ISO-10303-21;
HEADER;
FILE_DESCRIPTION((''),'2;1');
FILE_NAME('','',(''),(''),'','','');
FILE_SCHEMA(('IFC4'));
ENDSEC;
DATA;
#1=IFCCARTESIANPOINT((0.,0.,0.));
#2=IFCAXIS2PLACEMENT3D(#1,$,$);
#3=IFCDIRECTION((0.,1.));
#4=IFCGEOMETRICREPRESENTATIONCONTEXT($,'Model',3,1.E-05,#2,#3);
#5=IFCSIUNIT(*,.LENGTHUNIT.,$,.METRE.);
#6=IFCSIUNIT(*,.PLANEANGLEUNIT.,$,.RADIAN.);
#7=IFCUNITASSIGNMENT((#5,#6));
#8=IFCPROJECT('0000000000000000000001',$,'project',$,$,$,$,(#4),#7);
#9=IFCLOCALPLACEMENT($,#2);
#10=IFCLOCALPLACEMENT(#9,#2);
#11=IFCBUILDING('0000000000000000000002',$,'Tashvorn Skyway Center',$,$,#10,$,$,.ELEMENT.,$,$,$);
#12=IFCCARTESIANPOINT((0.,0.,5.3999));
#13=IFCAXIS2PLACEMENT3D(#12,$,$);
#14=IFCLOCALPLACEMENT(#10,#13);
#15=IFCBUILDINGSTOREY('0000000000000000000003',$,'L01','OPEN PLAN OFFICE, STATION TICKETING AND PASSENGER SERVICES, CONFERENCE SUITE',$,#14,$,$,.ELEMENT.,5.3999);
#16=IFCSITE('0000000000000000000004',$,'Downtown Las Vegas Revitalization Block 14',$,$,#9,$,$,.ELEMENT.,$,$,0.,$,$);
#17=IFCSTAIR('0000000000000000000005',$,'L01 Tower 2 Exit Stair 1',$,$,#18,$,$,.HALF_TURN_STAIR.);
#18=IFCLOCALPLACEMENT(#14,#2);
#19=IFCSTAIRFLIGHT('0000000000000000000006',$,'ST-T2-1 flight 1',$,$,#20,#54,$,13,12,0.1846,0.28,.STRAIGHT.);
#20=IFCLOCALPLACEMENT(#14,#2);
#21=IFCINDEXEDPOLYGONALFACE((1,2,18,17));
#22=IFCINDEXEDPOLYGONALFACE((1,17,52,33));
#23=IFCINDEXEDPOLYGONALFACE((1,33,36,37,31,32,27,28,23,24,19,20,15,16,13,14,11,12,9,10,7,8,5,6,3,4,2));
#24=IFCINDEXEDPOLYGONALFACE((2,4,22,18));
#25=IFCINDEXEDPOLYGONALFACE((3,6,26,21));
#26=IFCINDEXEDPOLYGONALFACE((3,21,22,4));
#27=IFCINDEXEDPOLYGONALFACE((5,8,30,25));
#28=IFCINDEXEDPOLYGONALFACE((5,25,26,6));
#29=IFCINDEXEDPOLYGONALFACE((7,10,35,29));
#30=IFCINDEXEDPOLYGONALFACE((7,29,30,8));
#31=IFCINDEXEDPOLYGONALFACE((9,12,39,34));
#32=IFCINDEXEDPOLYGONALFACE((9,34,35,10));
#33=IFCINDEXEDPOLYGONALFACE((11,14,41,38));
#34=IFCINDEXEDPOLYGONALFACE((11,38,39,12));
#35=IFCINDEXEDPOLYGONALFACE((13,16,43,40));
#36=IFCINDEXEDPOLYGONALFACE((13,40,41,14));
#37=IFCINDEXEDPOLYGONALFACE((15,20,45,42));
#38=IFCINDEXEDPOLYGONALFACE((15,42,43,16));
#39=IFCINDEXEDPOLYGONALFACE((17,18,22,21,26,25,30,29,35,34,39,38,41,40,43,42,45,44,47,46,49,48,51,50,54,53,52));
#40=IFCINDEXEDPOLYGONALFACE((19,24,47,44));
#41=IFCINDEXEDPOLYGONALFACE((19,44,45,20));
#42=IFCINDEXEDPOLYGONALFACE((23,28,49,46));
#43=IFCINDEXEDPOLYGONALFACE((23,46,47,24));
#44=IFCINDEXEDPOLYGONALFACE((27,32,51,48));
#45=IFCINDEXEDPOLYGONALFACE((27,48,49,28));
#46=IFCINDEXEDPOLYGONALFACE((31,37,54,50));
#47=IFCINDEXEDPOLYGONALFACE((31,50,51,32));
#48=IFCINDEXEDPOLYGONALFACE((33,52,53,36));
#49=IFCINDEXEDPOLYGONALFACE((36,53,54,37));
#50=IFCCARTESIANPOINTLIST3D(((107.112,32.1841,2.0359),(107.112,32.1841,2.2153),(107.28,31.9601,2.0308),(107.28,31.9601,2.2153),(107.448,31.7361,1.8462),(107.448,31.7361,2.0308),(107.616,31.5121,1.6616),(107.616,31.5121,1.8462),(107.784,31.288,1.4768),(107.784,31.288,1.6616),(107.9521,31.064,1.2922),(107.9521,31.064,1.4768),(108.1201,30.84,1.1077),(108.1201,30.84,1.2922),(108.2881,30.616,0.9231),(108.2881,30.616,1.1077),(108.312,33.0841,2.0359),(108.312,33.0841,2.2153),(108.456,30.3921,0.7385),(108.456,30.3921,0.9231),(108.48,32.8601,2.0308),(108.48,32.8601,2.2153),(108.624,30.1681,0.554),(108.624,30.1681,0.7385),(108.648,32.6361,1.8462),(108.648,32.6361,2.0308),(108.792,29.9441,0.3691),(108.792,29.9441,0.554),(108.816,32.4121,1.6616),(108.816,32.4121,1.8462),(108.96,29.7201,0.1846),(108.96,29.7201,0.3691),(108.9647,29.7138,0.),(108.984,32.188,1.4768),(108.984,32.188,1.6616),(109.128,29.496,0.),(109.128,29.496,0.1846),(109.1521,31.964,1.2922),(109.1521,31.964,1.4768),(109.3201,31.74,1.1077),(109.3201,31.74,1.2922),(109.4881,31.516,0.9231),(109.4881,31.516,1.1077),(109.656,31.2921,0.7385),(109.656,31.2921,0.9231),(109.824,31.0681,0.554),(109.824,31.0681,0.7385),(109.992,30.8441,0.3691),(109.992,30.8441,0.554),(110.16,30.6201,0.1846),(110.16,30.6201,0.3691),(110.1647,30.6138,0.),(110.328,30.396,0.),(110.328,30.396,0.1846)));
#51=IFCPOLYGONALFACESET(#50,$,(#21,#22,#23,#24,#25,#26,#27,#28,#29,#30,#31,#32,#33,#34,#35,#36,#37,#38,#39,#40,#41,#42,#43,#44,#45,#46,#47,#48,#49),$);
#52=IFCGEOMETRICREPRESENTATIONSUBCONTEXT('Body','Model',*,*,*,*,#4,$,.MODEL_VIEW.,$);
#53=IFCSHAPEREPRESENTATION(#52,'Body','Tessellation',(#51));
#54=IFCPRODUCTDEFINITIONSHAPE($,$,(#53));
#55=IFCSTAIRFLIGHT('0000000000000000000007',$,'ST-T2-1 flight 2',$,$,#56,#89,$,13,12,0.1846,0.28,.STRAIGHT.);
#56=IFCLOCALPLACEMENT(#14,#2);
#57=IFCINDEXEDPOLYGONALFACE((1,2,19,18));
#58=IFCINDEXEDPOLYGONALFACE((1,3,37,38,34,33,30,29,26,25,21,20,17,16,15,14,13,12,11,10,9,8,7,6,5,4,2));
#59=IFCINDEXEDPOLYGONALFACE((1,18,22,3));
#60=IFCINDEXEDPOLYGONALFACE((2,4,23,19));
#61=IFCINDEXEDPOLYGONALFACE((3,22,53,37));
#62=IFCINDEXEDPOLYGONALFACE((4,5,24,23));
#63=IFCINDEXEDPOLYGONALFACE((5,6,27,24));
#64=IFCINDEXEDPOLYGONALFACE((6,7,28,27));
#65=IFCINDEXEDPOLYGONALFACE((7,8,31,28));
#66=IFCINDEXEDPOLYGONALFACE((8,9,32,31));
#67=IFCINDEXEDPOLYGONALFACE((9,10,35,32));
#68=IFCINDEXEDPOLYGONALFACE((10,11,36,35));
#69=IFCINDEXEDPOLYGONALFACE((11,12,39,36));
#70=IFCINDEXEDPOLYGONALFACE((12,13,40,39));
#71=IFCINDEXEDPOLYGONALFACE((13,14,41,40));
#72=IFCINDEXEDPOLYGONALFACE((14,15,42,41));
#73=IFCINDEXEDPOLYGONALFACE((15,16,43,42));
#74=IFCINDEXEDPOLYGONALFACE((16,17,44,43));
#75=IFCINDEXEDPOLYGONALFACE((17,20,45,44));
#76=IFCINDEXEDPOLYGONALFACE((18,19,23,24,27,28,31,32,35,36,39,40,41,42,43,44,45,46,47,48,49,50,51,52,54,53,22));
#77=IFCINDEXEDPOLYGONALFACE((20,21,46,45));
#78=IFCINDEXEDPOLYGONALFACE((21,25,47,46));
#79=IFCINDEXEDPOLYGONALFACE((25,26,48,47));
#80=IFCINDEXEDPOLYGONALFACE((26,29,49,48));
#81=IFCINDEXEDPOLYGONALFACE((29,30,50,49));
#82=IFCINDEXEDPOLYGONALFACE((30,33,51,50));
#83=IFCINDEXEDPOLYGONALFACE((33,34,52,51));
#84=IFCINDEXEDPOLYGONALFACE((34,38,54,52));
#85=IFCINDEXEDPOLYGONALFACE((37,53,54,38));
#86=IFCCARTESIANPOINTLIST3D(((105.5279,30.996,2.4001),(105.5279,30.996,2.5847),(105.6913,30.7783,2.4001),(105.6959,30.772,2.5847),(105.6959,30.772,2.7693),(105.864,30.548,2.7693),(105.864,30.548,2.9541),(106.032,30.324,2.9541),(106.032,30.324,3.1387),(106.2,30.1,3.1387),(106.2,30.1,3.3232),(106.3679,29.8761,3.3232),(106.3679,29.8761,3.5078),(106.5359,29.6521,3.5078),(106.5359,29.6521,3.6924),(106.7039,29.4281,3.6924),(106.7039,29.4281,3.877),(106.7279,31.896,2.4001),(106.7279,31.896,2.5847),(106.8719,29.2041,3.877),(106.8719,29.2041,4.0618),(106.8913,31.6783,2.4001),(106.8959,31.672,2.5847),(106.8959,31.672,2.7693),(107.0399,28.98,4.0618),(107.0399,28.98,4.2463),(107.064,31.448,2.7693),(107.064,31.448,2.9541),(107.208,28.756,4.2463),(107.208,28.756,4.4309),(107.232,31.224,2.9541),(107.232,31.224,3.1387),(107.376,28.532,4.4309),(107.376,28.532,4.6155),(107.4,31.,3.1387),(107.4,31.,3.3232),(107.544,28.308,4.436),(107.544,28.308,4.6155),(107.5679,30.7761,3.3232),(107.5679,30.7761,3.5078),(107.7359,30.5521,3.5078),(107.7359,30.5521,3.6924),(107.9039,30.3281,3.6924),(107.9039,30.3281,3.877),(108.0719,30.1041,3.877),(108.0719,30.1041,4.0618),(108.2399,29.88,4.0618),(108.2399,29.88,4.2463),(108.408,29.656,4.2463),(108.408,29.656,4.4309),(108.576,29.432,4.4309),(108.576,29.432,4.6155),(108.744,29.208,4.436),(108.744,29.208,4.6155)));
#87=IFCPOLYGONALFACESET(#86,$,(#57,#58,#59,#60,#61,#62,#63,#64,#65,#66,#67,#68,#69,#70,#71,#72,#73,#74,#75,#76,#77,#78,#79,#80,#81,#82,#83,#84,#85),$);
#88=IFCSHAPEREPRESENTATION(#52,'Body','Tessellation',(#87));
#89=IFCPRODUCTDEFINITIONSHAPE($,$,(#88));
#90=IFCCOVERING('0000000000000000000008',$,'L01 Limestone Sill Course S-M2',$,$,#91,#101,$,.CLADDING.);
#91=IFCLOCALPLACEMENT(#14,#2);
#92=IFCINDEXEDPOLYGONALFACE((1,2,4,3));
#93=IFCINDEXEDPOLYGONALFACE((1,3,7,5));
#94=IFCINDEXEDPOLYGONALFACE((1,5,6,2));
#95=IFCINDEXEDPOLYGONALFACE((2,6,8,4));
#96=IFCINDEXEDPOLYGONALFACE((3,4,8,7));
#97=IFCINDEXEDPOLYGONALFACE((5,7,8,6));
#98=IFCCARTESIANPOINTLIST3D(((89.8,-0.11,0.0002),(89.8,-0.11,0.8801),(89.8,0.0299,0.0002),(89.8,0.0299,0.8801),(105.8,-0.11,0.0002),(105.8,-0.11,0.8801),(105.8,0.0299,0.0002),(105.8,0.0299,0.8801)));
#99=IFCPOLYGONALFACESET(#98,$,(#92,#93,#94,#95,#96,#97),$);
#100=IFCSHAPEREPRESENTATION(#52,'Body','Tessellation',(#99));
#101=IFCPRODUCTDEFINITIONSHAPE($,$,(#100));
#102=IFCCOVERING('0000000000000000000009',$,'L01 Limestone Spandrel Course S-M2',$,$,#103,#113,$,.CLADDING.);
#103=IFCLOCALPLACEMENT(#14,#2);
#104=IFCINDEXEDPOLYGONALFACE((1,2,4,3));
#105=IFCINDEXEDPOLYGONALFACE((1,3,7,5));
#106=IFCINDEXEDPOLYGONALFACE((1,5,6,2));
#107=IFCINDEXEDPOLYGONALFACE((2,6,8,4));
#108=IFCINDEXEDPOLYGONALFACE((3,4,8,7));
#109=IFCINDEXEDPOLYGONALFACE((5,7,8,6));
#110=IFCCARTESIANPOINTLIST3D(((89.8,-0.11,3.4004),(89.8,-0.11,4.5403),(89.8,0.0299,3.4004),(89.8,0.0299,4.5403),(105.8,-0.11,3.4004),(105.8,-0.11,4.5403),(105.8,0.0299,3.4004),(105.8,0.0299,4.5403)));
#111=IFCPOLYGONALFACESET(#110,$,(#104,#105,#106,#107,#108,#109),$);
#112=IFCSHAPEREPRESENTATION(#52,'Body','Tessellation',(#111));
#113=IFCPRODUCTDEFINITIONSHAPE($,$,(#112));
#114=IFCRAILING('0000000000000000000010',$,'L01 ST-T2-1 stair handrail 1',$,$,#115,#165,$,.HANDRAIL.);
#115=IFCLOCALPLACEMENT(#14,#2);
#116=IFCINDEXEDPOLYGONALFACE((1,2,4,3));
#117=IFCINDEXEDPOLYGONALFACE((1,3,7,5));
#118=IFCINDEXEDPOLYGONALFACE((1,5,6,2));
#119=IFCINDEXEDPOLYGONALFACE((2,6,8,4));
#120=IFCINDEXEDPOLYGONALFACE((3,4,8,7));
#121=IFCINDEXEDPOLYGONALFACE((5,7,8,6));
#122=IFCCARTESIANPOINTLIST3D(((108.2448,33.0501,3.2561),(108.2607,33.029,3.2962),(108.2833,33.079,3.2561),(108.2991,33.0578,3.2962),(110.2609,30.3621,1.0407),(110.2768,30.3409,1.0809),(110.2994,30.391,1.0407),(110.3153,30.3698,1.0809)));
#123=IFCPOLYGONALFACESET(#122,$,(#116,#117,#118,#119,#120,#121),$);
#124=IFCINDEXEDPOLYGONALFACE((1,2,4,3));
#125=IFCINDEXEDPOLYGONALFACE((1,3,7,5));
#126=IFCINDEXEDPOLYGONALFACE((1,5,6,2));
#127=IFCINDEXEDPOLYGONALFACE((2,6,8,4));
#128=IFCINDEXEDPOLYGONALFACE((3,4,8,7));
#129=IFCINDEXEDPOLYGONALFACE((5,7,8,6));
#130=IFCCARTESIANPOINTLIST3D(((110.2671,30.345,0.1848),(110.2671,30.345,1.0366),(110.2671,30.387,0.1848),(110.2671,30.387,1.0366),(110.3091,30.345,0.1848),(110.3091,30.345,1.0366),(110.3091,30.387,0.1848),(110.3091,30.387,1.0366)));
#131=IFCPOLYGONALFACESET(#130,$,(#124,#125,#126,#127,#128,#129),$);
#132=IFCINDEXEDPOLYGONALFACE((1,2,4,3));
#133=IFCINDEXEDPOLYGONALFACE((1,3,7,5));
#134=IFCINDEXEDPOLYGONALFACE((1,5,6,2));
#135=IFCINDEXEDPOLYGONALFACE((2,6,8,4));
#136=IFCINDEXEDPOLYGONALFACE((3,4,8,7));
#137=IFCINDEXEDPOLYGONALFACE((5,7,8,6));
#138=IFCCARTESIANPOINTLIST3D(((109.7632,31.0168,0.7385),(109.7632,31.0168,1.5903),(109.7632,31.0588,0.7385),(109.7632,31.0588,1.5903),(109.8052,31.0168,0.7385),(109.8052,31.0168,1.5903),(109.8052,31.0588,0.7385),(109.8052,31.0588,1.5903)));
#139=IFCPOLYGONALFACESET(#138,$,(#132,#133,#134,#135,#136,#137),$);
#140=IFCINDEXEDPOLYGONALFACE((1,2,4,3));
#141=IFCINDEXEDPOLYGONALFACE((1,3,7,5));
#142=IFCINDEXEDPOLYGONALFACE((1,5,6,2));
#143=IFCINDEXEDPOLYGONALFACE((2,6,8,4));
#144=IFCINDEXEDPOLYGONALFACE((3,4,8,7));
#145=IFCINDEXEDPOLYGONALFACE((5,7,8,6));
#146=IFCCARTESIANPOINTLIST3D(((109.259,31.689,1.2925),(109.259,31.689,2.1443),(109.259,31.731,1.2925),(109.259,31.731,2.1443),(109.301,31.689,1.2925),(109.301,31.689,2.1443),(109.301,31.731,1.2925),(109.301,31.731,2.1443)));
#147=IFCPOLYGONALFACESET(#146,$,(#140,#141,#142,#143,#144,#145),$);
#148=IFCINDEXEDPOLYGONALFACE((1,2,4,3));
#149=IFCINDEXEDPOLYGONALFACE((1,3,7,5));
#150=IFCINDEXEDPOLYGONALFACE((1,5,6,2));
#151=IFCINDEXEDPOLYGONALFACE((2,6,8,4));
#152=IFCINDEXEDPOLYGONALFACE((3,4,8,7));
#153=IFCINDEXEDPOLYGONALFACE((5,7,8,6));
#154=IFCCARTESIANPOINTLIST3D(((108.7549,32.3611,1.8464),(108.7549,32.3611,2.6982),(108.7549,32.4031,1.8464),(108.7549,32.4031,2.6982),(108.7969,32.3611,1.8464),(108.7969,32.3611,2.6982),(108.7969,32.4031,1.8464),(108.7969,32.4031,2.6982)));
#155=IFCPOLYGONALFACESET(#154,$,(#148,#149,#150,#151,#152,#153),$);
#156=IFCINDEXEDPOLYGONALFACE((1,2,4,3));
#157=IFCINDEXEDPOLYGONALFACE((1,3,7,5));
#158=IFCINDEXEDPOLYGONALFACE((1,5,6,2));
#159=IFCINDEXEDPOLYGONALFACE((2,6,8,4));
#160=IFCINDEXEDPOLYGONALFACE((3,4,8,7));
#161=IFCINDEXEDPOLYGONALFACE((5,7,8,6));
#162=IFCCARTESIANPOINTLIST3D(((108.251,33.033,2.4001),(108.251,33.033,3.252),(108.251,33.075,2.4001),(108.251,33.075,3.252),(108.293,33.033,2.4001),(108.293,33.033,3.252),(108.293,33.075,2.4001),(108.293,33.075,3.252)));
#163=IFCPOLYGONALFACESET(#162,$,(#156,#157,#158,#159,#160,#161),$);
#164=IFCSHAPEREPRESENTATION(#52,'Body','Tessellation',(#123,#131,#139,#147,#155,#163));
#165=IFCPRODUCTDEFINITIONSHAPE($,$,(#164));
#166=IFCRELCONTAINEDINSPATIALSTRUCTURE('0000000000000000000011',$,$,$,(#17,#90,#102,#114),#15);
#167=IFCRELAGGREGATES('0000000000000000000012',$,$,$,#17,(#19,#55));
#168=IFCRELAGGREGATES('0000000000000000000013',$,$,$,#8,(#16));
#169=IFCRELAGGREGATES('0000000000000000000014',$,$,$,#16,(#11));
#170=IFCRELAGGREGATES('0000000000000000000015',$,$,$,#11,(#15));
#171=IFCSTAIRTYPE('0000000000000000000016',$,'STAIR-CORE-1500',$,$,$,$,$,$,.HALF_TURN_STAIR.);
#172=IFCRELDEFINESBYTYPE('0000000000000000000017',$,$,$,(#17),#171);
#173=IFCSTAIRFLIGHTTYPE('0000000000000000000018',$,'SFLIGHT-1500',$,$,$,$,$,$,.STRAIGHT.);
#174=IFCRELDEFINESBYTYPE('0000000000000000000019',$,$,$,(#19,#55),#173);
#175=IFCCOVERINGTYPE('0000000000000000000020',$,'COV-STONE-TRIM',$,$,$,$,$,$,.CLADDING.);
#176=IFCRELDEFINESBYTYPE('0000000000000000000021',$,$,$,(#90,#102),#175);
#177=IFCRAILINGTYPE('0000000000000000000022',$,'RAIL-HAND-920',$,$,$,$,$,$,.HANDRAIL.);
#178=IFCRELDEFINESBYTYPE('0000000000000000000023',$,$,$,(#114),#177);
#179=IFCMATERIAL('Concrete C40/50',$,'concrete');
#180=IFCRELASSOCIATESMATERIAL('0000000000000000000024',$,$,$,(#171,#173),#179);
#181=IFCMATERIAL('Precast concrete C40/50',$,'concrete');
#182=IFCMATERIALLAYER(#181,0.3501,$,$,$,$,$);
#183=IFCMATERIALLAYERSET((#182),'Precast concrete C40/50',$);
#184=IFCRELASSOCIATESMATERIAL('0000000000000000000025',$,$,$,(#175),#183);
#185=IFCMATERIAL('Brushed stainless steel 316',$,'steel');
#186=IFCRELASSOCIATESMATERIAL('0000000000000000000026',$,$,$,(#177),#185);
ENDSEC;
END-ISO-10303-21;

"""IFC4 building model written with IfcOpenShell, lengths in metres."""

from ifc_helpers import new_model, si_unit, direction, frame, origin, origin_2d, place, context, subcontext, project, spatial, polyline, rectangle, outline, extrude, material, layer, layer_set, type_object, element, aggregate, save


model = new_model("IFC4")

# Units and contexts
model_context = context("Model", 3, precision=1e-05, world=origin(), true_north=direction((0.0, 1.0)))
body_context = subcontext(model_context, "Body", "Model", "MODEL_VIEW")
ifc_project = project(units=[si_unit("LENGTHUNIT", "METRE"), si_unit("PLANEANGLEUNIT", "RADIAN")], contexts=[model_context])

# Site, building, storey
site_placement = place(None, origin())
site = spatial("IfcSite", under=ifc_project, at=site_placement, Name="Downtown Las Vegas Revitalization Block 14", CompositionType="ELEMENT", RefElevation=0.0)
building_placement = place(site_placement, origin())
building = spatial("IfcBuilding", under=site, at=building_placement, Name="Tashvorn Skyway Center", CompositionType="ELEMENT")
storey_placement = place(building_placement, frame((0.0, 0.0, 5.3999)))
storey = spatial("IfcBuildingStorey", under=building, at=storey_placement, Name="L01", Description="OPEN PLAN OFFICE, STATION TICKETING AND PASSENGER SERVICES, CONFERENCE SUITE", CompositionType="ELEMENT", Elevation=5.3999)

# Shared definitions
ifc_material_1 = material(Name="Precast concrete C40/50", Category="concrete")

# Shared definitions
ifc_material_2 = material(Name="Concrete C40/50", Category="concrete")

# Stair, stair flights
stair_type = type_object("IfcStairType", Name="STAIR-CORE-1500", PredefinedType="HALF_TURN_STAIR", material=ifc_material_2)
stair_placement = place(storey_placement, origin())
stair = element("IfcStair", 1, at=stair_placement, inside=storey, type_object=stair_type, Name="L01 Tower 2 Exit Stair 1", PredefinedType="HALF_TURN_STAIR")
stair_flight_type = type_object("IfcStairFlightType", Name="SFLIGHT-1500", PredefinedType="STRAIGHT", material=ifc_material_2)
stair_flight_1_placement = place(storey_placement, frame((109.728, 29.946, 0.0), z_axis=(0.0, 0.0, 1.0), x_axis=(-0.6, 0.8, 0.0)))
stair_flight_1 = element("IfcStairFlight", 2, at=stair_flight_1_placement, type_object=stair_flight_type, Name="ST-T2-1 flight 1", NumberOfRisers=13, NumberOfTreads=12, PredefinedType="STRAIGHT", RiserHeight=0.1846, TreadLength=0.28, context=body_context, shape_type="SweptSolid", body=[
    extrude(outline(polyline([(0.0, 0.0), (0.0, 0.1846), (0.28, 0.1846), (0.28, 0.3691), (0.5601, 0.3691), (0.5601, 0.554), (0.8401, 0.554), (0.8401, 0.7385), (1.1201, 0.7385), (1.1201, 0.9231), (1.3999, 0.9231), (1.3999, 1.1077), (1.6799, 1.1077), (1.6799, 1.2922), (1.96, 1.2922), (1.96, 1.4768), (2.24, 1.4768), (2.24, 1.6616), (2.52, 1.6616), (2.52, 1.8462), (2.8, 1.8462), (2.8, 2.0308), (3.0801, 2.0308), (3.0801, 2.2153), (3.3601, 2.2153), (3.3601, 2.3999), (3.3601, 2.0359), (0.2722, 0.0), (0.0, 0.0)])), frame((0.0, 0.75, 0.0), z_axis=(0.0, -1.0, 0.0), x_axis=(1.0, 0.0, 0.0)), (0.0, 0.0, 1.0), 1.5),
])
stair_flight_2_placement = place(storey_placement, frame((106.1279, 31.446, 2.4001), z_axis=(0.0, 0.0, 1.0), x_axis=(0.6, -0.8, 0.0)))
stair_flight_2 = element("IfcStairFlight", 3, at=stair_flight_2_placement, type_object=stair_flight_type, Name="ST-T2-1 flight 2", NumberOfRisers=13, NumberOfTreads=12, PredefinedType="STRAIGHT", RiserHeight=0.1846, TreadLength=0.28, context=body_context, shape_type="SweptSolid", body=[
    extrude(outline(polyline([(0.0, 0.0), (0.0, 0.1846), (0.28, 0.1846), (0.28, 0.3691), (0.5601, 0.3691), (0.5601, 0.554), (0.8401, 0.554), (0.8401, 0.7385), (1.1201, 0.7385), (1.1201, 0.9231), (1.3999, 0.9231), (1.3999, 1.1077), (1.6799, 1.1077), (1.6799, 1.2922), (1.96, 1.2922), (1.96, 1.4768), (2.24, 1.4768), (2.24, 1.6616), (2.52, 1.6616), (2.52, 1.8462), (2.8, 1.8462), (2.8, 2.0308), (3.0801, 2.0308), (3.0801, 2.2153), (3.3601, 2.2153), (3.3601, 2.3999), (3.3601, 2.0359), (0.2722, 0.0), (0.0, 0.0)])), frame((0.0, 0.75, 0.0), z_axis=(0.0, -1.0, 0.0), x_axis=(1.0, 0.0, 0.0)), (0.0, 0.0, 1.0), 1.5),
])
aggregate(stair, [stair_flight_1, stair_flight_2])

# Coverings
ifc_layer_1 = layer(ifc_material_1, 0.3501)
ifc_layer_set_1 = layer_set([ifc_layer_1], Name="Precast concrete C40/50")
covering_type = type_object("IfcCoveringType", Name="COV-STONE-TRIM", PredefinedType="CLADDING", material=ifc_layer_set_1)
covering_1_placement = place(storey_placement, frame((97.8, -0.04, 0.0002), z_axis=(0.0, 0.0, 1.0), x_axis=(1.0, 0.0, 0.0)))
element("IfcCovering", 4, at=covering_1_placement, inside=storey, type_object=covering_type, Name="L01 Limestone Sill Course S-M2", PredefinedType="CLADDING", context=body_context, shape_type="SweptSolid", body=[
    extrude(rectangle(XDim=16.0, YDim=0.1399, at=origin_2d()), origin(), (0.0, 0.0, 1.0), 0.8799),
])
covering_2_placement = place(storey_placement, frame((97.8, -0.04, 3.4004), z_axis=(0.0, 0.0, 1.0), x_axis=(1.0, 0.0, 0.0)))
element("IfcCovering", 5, at=covering_2_placement, inside=storey, type_object=covering_type, Name="L01 Limestone Spandrel Course S-M2", PredefinedType="CLADDING", context=body_context, shape_type="SweptSolid", body=[
    extrude(rectangle(XDim=16.0, YDim=0.1399, at=origin_2d()), origin(), (0.0, 0.0, 1.0), 1.1399),
])

# Railing
ifc_material_3 = material(Name="Brushed stainless steel 316", Category="steel")
railing_type_1 = type_object("IfcRailingType", Name="RAIL-HAND-920", PredefinedType="HANDRAIL", material=ifc_material_3)
railing_1_placement = place(storey_placement, frame((110.2881, 30.366, 0.1848)))
element("IfcRailing", 6, at=railing_1_placement, inside=storey, type_object=railing_type_1, Name="L01 ST-T2-1 stair handrail 1", PredefinedType="HANDRAIL", context=body_context, shape_type="SweptSolid", body=[
    extrude(rectangle(XDim=0.0481, YDim=0.0481, at=origin_2d()), frame((0.0, 0.0, 0.876), z_axis=(-0.500943, 0.667884, 0.550443), x_axis=(-0.799983, -0.600023, 0.0)), (0.0, 0.0, 1.0), 4.0247),
    extrude(rectangle(XDim=0.042, YDim=0.042, at=origin_2d()), origin(), (0.0, 0.0, 1.0), 0.8518),
    extrude(rectangle(XDim=0.042, YDim=0.042, at=origin_2d()), frame((-0.5039, 0.6719, 0.5537)), (0.0, 0.0, 1.0), 0.8518),
    extrude(rectangle(XDim=0.042, YDim=0.042, at=origin_2d()), frame((-1.0081, 1.344, 1.1077)), (0.0, 0.0, 1.0), 0.8518),
    extrude(rectangle(XDim=0.042, YDim=0.042, at=origin_2d()), frame((-1.5122, 2.0161, 1.6616)), (0.0, 0.0, 1.0), 0.8518),
    extrude(rectangle(XDim=0.042, YDim=0.042, at=origin_2d()), frame((-2.0161, 2.688, 2.2153)), (0.0, 0.0, 1.0), 0.8518),
])

save(model, "model.ifc")
